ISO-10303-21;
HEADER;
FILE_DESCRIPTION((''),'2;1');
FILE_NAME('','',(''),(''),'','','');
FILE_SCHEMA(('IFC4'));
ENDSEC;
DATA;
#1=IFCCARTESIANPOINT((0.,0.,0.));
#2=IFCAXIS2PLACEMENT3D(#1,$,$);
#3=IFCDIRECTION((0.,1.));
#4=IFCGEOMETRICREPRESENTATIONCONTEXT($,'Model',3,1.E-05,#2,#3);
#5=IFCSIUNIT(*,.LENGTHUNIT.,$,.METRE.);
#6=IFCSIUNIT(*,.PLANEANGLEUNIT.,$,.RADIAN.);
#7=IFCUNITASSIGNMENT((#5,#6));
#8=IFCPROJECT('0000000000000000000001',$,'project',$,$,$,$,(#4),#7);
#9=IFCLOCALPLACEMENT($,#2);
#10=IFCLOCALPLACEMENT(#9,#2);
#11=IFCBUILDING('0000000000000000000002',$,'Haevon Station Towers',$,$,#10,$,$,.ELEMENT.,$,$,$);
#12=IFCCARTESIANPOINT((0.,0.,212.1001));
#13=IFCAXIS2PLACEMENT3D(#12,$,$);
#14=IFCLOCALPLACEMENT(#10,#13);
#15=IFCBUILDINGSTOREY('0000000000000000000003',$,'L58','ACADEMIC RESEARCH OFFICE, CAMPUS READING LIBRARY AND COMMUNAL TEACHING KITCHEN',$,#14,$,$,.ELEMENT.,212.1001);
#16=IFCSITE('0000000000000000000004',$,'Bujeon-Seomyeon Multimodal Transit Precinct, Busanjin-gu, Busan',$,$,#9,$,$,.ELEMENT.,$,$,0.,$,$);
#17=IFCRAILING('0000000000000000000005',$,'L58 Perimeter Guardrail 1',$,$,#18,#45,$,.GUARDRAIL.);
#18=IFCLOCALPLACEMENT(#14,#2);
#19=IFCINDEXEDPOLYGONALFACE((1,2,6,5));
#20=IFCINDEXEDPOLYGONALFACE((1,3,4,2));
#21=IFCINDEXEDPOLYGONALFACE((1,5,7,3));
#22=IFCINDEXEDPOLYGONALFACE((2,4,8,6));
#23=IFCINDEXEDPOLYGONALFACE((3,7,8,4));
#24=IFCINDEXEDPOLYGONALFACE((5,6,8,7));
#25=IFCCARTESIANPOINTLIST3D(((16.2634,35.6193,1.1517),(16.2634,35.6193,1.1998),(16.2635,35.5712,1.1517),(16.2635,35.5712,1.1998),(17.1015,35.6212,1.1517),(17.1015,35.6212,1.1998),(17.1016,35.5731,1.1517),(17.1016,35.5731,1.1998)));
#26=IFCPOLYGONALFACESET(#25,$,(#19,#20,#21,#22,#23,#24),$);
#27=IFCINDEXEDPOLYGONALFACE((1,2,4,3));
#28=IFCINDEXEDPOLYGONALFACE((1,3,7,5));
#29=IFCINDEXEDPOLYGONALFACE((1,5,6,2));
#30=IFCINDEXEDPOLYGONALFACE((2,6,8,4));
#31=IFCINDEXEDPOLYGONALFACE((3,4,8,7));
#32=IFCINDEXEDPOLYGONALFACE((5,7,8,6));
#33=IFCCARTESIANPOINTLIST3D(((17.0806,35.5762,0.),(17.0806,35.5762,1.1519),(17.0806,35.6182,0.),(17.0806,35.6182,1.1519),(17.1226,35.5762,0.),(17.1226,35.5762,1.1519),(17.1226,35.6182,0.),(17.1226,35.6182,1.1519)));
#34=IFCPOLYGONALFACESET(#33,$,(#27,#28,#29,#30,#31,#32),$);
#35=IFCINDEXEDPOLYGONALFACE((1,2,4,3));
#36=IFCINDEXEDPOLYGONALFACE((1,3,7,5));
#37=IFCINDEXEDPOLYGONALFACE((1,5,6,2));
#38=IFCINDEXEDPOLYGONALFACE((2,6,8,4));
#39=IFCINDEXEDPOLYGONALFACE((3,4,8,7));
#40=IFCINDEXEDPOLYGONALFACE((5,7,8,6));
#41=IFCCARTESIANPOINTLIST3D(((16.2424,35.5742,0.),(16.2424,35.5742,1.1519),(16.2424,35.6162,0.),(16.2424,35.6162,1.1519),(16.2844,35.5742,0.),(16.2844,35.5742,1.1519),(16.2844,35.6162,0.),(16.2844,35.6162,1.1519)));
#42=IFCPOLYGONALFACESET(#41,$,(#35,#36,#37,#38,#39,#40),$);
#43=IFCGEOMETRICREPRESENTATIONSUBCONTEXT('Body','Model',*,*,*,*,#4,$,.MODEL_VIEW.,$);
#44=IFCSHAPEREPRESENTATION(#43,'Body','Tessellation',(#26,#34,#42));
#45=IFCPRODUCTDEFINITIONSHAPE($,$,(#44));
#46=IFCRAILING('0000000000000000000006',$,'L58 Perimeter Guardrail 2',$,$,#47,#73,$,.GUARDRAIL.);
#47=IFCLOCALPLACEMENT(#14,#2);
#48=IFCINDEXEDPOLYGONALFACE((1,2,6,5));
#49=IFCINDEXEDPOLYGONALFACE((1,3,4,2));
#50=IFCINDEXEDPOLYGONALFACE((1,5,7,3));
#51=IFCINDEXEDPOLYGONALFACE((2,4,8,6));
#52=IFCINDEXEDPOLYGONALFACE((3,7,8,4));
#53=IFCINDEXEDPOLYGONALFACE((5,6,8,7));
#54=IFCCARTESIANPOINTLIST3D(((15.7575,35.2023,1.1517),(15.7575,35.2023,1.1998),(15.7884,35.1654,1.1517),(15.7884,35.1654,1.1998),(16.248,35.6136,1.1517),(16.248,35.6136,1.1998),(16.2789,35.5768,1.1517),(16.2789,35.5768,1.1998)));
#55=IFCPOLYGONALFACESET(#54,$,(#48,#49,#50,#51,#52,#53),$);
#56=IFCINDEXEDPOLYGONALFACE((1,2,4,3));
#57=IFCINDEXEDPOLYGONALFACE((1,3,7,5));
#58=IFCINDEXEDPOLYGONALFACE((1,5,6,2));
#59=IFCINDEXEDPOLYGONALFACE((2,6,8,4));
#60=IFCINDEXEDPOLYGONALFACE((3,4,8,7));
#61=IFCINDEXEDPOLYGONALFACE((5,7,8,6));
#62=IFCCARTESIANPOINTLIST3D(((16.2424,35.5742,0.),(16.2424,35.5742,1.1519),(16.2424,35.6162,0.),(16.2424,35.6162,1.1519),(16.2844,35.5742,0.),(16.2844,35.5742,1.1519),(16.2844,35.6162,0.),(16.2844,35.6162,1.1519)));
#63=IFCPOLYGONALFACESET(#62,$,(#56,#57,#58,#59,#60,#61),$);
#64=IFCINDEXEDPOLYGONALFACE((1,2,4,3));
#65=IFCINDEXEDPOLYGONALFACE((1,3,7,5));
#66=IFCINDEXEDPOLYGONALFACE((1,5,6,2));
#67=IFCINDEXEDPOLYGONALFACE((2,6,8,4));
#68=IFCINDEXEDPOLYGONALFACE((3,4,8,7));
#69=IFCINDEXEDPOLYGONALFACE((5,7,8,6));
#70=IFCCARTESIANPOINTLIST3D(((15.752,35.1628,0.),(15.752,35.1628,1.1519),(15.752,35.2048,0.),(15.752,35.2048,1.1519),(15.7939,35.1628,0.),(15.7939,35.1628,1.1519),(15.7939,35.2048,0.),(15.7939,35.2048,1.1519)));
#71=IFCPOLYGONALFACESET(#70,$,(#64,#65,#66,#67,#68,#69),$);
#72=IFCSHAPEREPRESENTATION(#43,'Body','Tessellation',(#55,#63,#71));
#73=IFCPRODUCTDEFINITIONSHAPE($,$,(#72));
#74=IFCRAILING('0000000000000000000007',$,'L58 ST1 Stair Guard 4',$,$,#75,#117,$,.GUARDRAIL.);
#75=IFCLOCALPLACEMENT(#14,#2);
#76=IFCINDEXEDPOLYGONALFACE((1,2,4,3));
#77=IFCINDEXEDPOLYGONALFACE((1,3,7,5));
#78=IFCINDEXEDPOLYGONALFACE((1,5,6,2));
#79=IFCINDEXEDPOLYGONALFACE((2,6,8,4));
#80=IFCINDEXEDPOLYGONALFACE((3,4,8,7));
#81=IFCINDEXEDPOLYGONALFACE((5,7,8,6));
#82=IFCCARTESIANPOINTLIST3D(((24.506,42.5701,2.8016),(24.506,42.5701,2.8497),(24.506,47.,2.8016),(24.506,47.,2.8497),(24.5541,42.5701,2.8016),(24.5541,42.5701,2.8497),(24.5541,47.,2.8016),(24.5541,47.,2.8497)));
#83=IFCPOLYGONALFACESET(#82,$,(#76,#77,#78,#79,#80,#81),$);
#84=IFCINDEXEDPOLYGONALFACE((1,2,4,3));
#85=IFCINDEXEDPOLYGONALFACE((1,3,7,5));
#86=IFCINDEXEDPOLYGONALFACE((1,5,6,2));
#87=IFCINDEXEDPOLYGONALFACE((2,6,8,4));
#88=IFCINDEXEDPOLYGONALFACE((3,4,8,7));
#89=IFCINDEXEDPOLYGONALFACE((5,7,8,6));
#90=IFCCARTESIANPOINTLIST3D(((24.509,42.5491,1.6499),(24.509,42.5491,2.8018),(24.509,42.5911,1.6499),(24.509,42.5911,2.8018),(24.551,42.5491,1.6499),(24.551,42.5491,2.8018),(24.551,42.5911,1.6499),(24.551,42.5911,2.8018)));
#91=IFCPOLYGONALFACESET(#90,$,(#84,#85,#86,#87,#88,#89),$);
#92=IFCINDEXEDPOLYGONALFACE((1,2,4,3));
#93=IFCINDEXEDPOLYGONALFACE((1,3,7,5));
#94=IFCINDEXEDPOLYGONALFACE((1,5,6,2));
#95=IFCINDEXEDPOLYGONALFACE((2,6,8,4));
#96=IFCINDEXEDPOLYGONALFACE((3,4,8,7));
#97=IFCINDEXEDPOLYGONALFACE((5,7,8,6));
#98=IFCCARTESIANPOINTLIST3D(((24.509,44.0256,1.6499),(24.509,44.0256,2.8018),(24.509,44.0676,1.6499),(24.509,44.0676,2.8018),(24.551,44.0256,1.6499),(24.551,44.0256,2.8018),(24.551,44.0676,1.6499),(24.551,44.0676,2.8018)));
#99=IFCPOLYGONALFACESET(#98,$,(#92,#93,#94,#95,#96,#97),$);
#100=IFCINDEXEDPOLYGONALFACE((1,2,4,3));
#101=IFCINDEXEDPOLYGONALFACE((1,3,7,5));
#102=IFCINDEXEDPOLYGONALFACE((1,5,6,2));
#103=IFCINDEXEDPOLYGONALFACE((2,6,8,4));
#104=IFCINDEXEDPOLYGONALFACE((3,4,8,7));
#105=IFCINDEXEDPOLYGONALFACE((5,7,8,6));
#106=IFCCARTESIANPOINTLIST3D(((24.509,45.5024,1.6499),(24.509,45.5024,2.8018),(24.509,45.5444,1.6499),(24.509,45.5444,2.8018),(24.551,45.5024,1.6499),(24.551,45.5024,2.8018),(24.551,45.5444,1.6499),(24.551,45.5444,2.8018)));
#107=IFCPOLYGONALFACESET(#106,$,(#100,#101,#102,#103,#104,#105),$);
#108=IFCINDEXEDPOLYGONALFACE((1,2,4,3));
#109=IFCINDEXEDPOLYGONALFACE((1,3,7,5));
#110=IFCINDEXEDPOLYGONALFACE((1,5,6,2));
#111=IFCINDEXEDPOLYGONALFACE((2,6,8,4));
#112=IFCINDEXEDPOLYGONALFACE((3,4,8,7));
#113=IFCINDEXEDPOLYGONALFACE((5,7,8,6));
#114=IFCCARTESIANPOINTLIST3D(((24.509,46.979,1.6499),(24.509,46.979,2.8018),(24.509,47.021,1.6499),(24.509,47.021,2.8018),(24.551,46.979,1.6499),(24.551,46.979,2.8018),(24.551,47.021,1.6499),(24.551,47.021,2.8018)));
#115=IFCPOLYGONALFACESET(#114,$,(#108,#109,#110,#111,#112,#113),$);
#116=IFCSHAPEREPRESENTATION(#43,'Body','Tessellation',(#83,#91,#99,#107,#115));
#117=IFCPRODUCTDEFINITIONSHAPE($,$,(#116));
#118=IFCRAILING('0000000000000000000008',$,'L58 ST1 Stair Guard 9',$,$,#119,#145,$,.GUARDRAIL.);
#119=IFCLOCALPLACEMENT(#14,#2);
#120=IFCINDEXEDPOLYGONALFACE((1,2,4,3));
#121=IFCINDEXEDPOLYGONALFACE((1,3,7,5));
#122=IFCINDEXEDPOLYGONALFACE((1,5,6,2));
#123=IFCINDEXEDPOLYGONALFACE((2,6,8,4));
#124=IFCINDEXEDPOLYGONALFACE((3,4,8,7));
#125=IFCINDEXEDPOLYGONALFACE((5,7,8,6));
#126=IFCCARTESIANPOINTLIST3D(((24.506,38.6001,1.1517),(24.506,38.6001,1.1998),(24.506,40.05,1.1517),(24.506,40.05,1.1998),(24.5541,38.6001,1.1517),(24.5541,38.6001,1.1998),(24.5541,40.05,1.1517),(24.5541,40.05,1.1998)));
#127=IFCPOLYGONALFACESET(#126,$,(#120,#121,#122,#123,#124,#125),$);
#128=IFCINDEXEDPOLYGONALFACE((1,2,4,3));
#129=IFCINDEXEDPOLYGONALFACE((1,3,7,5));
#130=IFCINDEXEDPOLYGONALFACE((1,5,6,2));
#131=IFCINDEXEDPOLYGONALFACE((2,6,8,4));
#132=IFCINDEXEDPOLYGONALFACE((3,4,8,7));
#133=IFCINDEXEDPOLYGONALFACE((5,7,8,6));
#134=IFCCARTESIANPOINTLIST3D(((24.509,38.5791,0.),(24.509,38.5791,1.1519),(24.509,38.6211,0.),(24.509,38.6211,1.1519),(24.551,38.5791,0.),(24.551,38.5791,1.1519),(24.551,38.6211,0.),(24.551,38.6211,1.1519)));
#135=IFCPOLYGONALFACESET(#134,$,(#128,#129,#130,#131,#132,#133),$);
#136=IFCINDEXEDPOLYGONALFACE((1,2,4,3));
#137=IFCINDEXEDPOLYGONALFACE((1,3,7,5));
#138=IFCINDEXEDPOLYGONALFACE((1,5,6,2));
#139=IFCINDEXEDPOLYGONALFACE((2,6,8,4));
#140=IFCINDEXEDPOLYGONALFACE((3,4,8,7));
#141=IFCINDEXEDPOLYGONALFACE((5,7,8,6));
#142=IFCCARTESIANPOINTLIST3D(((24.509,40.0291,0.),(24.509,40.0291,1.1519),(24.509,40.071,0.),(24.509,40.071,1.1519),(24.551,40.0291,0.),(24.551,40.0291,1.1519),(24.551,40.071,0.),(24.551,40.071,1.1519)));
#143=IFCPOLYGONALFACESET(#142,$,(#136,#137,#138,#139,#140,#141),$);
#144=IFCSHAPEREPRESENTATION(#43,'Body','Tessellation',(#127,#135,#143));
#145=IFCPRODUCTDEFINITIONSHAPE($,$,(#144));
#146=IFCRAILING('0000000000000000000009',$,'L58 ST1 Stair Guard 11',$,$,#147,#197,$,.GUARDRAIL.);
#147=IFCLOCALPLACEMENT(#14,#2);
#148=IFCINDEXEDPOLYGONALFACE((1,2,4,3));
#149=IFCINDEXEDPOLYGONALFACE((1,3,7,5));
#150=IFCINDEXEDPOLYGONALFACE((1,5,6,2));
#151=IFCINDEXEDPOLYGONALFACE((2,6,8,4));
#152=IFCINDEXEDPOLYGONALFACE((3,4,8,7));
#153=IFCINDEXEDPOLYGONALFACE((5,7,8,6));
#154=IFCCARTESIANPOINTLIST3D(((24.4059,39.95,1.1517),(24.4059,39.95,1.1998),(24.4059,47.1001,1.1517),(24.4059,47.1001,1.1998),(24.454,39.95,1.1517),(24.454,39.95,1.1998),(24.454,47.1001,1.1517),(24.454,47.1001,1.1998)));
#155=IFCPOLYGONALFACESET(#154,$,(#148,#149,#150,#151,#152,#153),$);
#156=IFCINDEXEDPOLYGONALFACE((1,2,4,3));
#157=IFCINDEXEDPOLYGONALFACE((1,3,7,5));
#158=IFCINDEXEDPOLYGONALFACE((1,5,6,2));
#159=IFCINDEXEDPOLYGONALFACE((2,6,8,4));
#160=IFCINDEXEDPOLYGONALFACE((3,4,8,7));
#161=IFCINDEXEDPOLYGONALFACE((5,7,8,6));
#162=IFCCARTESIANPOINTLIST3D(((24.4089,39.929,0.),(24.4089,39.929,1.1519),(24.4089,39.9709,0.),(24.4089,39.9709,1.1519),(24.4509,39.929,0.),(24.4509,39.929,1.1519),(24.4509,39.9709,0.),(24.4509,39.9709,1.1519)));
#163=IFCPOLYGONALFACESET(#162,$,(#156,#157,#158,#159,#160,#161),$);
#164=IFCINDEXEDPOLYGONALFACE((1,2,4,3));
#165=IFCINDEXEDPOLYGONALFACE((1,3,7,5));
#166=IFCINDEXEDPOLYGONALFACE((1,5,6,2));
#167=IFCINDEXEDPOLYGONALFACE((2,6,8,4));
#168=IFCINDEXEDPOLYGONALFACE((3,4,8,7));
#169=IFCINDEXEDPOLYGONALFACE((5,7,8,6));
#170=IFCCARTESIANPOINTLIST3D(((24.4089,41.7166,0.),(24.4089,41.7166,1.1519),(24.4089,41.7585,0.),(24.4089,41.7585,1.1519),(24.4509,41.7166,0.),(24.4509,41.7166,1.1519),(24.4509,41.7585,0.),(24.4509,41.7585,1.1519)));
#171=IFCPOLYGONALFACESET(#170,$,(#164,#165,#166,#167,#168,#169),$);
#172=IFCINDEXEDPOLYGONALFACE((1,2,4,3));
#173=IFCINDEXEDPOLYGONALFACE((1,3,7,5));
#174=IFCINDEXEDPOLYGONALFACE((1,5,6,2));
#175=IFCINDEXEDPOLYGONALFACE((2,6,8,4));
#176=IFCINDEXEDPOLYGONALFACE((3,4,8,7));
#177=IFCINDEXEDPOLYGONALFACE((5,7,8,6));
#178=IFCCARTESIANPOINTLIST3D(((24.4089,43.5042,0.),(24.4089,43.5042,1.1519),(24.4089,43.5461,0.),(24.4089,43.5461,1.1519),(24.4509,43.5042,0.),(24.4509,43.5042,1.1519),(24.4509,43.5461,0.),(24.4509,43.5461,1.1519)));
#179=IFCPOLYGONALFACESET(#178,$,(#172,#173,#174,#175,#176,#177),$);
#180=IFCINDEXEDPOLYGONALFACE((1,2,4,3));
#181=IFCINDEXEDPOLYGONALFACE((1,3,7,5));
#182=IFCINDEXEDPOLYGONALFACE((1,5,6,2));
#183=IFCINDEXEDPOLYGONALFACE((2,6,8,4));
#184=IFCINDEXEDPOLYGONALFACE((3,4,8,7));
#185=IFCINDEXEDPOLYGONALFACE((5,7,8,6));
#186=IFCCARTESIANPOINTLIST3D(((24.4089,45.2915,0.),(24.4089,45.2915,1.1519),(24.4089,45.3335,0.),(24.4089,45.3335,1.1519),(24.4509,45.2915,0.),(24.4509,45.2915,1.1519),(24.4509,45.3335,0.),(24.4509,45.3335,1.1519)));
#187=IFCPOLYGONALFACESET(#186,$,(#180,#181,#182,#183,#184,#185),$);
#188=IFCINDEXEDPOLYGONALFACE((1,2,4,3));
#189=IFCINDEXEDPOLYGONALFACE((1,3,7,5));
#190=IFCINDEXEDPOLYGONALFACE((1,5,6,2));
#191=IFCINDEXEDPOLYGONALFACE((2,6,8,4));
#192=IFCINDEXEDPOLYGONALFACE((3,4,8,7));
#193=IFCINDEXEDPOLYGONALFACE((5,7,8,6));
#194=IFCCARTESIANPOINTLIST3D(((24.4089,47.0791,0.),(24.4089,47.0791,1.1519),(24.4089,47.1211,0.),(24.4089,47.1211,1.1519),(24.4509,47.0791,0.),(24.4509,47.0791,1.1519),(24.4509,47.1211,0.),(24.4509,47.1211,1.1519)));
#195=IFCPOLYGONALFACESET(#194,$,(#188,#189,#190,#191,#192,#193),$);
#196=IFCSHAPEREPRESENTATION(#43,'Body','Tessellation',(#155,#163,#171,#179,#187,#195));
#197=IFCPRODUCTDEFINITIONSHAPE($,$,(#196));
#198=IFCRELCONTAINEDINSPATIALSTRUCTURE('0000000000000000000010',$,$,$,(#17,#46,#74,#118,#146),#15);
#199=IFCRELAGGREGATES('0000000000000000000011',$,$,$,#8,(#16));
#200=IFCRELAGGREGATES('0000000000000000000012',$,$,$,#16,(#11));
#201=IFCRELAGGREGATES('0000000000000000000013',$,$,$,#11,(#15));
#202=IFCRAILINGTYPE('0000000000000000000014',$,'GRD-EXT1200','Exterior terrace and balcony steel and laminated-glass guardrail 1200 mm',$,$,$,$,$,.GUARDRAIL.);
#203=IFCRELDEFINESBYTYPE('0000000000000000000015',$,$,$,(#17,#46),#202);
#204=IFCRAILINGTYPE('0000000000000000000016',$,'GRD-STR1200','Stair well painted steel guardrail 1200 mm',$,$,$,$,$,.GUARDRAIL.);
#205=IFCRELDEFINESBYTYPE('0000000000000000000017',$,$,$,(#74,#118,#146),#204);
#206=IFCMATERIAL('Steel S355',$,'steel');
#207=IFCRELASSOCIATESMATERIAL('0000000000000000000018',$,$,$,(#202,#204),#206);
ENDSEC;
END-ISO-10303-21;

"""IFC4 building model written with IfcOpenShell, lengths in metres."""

from ifc_helpers import new_model, si_unit, direction, frame, origin, origin_2d, place, context, subcontext, project, spatial, rectangle, extrude, material, type_object, element, save


model = new_model("IFC4")

# Units and contexts
model_context = context("Model", 3, precision=1e-05, world=origin(), true_north=direction((0.0, 1.0)))
body_context = subcontext(model_context, "Body", "Model", "MODEL_VIEW")
ifc_project = project(units=[si_unit("LENGTHUNIT", "METRE"), si_unit("PLANEANGLEUNIT", "RADIAN")], contexts=[model_context])

# Site, building, storey
site_placement = place(None, origin())
site = spatial("IfcSite", under=ifc_project, at=site_placement, Name="Bujeon-Seomyeon Multimodal Transit Precinct, Busanjin-gu, Busan", CompositionType="ELEMENT", RefElevation=0.0)
building_placement = place(site_placement, origin())
building = spatial("IfcBuilding", under=site, at=building_placement, Name="Haevon Station Towers", CompositionType="ELEMENT")
storey_placement = place(building_placement, frame((0.0, 0.0, 212.1001)))
storey = spatial("IfcBuildingStorey", under=building, at=storey_placement, Name="L58", Description="ACADEMIC RESEARCH OFFICE, CAMPUS READING LIBRARY AND COMMUNAL TEACHING KITCHEN", CompositionType="ELEMENT", Elevation=212.1001)

# Shared definitions
ifc_material_1 = material(Name="Steel S355", Category="steel")

# Railings
railing_type_1 = type_object("IfcRailingType", Name="GRD-EXT1200", Description="Exterior terrace and balcony steel and laminated-glass guardrail 1200 mm", PredefinedType="GUARDRAIL", material=ifc_material_1)
railing_1_placement = place(storey_placement, frame((17.1016, 35.5972, 0.0)))
element("IfcRailing", 1, at=railing_1_placement, inside=storey, type_object=railing_type_1, Name="L58 Perimeter Guardrail 1", PredefinedType="GUARDRAIL", context=body_context, shape_type="SweptSolid", body=[
    extrude(rectangle(XDim=0.0481, YDim=0.0481, at=origin_2d()), frame((0.0, 0.0, 1.1758), z_axis=(-0.999997, -0.00233, 0.0), x_axis=(0.00233, -0.999997, 0.0)), (0.0, 0.0, 1.0), 0.8381),
    extrude(rectangle(XDim=0.042, YDim=0.042, at=origin_2d()), origin(), (0.0, 0.0, 1.0), 1.1519),
    extrude(rectangle(XDim=0.042, YDim=0.042, at=origin_2d()), frame((-0.8381, -0.002, 0.0)), (0.0, 0.0, 1.0), 1.1519),
])
railing_2_placement = place(storey_placement, frame((16.2634, 35.5952, 0.0)))
element("IfcRailing", 2, at=railing_2_placement, inside=storey, type_object=railing_type_1, Name="L58 Perimeter Guardrail 2", PredefinedType="GUARDRAIL", context=body_context, shape_type="SweptSolid", body=[
    extrude(rectangle(XDim=0.0481, YDim=0.0481, at=origin_2d()), frame((0.0, 0.0, 1.1758), z_axis=(-0.766185, -0.642619, 0.0), x_axis=(0.642619, -0.766185, 0.0)), (0.0, 0.0, 1.0), 0.6401),
    extrude(rectangle(XDim=0.042, YDim=0.042, at=origin_2d()), origin(), (0.0, 0.0, 1.0), 1.1519),
    extrude(rectangle(XDim=0.042, YDim=0.042, at=origin_2d()), frame((-0.4905, -0.4114, 0.0)), (0.0, 0.0, 1.0), 1.1519),
])
railing_type_2 = type_object("IfcRailingType", Name="GRD-STR1200", Description="Stair well painted steel guardrail 1200 mm", PredefinedType="GUARDRAIL", material=ifc_material_1)
railing_3_placement = place(storey_placement, frame((24.53, 42.5701, 1.6499)))
element("IfcRailing", 3, at=railing_3_placement, inside=storey, type_object=railing_type_2, Name="L58 ST1 Stair Guard 4", PredefinedType="GUARDRAIL", context=body_context, shape_type="SweptSolid", body=[
    extrude(rectangle(XDim=0.0481, YDim=0.0481, at=origin_2d()), frame((0.0, 0.0, 1.1758), z_axis=(0.0, 1.0, 0.0), x_axis=(-1.0, 0.0, 0.0)), (0.0, 0.0, 1.0), 4.4299),
    extrude(rectangle(XDim=0.042, YDim=0.042, at=origin_2d()), origin(), (0.0, 0.0, 1.0), 1.1519),
    extrude(rectangle(XDim=0.042, YDim=0.042, at=origin_2d()), frame((0.0, 1.4766, 0.0)), (0.0, 0.0, 1.0), 1.1519),
    extrude(rectangle(XDim=0.042, YDim=0.042, at=origin_2d()), frame((0.0, 2.9534, 0.0)), (0.0, 0.0, 1.0), 1.1519),
    extrude(rectangle(XDim=0.042, YDim=0.042, at=origin_2d()), frame((0.0, 4.4299, 0.0)), (0.0, 0.0, 1.0), 1.1519),
])
railing_4_placement = place(storey_placement, frame((24.53, 38.6001, 0.0)))
element("IfcRailing", 4, at=railing_4_placement, inside=storey, type_object=railing_type_2, Name="L58 ST1 Stair Guard 9", PredefinedType="GUARDRAIL", context=body_context, shape_type="SweptSolid", body=[
    extrude(rectangle(XDim=0.0481, YDim=0.0481, at=origin_2d()), frame((0.0, 0.0, 1.1758), z_axis=(0.0, 1.0, 0.0), x_axis=(-1.0, 0.0, 0.0)), (0.0, 0.0, 1.0), 1.45),
    extrude(rectangle(XDim=0.042, YDim=0.042, at=origin_2d()), origin(), (0.0, 0.0, 1.0), 1.1519),
    extrude(rectangle(XDim=0.042, YDim=0.042, at=origin_2d()), frame((0.0, 1.45, 0.0)), (0.0, 0.0, 1.0), 1.1519),
])
railing_5_placement = place(storey_placement, frame((24.4299, 39.95, 0.0)))
element("IfcRailing", 5, at=railing_5_placement, inside=storey, type_object=railing_type_2, Name="L58 ST1 Stair Guard 11", PredefinedType="GUARDRAIL", context=body_context, shape_type="SweptSolid", body=[
    extrude(rectangle(XDim=0.0481, YDim=0.0481, at=origin_2d()), frame((0.0, 0.0, 1.1758), z_axis=(0.0, 1.0, 0.0), x_axis=(-1.0, 0.0, 0.0)), (0.0, 0.0, 1.0), 7.1501),
    extrude(rectangle(XDim=0.042, YDim=0.042, at=origin_2d()), origin(), (0.0, 0.0, 1.0), 1.1519),
    extrude(rectangle(XDim=0.042, YDim=0.042, at=origin_2d()), frame((0.0, 1.7876, 0.0)), (0.0, 0.0, 1.0), 1.1519),
    extrude(rectangle(XDim=0.042, YDim=0.042, at=origin_2d()), frame((0.0, 3.5752, 0.0)), (0.0, 0.0, 1.0), 1.1519),
    extrude(rectangle(XDim=0.042, YDim=0.042, at=origin_2d()), frame((0.0, 5.3625, 0.0)), (0.0, 0.0, 1.0), 1.1519),
    extrude(rectangle(XDim=0.042, YDim=0.042, at=origin_2d()), frame((0.0, 7.1501, 0.0)), (0.0, 0.0, 1.0), 1.1519),
])

save(model, "model.ifc")
